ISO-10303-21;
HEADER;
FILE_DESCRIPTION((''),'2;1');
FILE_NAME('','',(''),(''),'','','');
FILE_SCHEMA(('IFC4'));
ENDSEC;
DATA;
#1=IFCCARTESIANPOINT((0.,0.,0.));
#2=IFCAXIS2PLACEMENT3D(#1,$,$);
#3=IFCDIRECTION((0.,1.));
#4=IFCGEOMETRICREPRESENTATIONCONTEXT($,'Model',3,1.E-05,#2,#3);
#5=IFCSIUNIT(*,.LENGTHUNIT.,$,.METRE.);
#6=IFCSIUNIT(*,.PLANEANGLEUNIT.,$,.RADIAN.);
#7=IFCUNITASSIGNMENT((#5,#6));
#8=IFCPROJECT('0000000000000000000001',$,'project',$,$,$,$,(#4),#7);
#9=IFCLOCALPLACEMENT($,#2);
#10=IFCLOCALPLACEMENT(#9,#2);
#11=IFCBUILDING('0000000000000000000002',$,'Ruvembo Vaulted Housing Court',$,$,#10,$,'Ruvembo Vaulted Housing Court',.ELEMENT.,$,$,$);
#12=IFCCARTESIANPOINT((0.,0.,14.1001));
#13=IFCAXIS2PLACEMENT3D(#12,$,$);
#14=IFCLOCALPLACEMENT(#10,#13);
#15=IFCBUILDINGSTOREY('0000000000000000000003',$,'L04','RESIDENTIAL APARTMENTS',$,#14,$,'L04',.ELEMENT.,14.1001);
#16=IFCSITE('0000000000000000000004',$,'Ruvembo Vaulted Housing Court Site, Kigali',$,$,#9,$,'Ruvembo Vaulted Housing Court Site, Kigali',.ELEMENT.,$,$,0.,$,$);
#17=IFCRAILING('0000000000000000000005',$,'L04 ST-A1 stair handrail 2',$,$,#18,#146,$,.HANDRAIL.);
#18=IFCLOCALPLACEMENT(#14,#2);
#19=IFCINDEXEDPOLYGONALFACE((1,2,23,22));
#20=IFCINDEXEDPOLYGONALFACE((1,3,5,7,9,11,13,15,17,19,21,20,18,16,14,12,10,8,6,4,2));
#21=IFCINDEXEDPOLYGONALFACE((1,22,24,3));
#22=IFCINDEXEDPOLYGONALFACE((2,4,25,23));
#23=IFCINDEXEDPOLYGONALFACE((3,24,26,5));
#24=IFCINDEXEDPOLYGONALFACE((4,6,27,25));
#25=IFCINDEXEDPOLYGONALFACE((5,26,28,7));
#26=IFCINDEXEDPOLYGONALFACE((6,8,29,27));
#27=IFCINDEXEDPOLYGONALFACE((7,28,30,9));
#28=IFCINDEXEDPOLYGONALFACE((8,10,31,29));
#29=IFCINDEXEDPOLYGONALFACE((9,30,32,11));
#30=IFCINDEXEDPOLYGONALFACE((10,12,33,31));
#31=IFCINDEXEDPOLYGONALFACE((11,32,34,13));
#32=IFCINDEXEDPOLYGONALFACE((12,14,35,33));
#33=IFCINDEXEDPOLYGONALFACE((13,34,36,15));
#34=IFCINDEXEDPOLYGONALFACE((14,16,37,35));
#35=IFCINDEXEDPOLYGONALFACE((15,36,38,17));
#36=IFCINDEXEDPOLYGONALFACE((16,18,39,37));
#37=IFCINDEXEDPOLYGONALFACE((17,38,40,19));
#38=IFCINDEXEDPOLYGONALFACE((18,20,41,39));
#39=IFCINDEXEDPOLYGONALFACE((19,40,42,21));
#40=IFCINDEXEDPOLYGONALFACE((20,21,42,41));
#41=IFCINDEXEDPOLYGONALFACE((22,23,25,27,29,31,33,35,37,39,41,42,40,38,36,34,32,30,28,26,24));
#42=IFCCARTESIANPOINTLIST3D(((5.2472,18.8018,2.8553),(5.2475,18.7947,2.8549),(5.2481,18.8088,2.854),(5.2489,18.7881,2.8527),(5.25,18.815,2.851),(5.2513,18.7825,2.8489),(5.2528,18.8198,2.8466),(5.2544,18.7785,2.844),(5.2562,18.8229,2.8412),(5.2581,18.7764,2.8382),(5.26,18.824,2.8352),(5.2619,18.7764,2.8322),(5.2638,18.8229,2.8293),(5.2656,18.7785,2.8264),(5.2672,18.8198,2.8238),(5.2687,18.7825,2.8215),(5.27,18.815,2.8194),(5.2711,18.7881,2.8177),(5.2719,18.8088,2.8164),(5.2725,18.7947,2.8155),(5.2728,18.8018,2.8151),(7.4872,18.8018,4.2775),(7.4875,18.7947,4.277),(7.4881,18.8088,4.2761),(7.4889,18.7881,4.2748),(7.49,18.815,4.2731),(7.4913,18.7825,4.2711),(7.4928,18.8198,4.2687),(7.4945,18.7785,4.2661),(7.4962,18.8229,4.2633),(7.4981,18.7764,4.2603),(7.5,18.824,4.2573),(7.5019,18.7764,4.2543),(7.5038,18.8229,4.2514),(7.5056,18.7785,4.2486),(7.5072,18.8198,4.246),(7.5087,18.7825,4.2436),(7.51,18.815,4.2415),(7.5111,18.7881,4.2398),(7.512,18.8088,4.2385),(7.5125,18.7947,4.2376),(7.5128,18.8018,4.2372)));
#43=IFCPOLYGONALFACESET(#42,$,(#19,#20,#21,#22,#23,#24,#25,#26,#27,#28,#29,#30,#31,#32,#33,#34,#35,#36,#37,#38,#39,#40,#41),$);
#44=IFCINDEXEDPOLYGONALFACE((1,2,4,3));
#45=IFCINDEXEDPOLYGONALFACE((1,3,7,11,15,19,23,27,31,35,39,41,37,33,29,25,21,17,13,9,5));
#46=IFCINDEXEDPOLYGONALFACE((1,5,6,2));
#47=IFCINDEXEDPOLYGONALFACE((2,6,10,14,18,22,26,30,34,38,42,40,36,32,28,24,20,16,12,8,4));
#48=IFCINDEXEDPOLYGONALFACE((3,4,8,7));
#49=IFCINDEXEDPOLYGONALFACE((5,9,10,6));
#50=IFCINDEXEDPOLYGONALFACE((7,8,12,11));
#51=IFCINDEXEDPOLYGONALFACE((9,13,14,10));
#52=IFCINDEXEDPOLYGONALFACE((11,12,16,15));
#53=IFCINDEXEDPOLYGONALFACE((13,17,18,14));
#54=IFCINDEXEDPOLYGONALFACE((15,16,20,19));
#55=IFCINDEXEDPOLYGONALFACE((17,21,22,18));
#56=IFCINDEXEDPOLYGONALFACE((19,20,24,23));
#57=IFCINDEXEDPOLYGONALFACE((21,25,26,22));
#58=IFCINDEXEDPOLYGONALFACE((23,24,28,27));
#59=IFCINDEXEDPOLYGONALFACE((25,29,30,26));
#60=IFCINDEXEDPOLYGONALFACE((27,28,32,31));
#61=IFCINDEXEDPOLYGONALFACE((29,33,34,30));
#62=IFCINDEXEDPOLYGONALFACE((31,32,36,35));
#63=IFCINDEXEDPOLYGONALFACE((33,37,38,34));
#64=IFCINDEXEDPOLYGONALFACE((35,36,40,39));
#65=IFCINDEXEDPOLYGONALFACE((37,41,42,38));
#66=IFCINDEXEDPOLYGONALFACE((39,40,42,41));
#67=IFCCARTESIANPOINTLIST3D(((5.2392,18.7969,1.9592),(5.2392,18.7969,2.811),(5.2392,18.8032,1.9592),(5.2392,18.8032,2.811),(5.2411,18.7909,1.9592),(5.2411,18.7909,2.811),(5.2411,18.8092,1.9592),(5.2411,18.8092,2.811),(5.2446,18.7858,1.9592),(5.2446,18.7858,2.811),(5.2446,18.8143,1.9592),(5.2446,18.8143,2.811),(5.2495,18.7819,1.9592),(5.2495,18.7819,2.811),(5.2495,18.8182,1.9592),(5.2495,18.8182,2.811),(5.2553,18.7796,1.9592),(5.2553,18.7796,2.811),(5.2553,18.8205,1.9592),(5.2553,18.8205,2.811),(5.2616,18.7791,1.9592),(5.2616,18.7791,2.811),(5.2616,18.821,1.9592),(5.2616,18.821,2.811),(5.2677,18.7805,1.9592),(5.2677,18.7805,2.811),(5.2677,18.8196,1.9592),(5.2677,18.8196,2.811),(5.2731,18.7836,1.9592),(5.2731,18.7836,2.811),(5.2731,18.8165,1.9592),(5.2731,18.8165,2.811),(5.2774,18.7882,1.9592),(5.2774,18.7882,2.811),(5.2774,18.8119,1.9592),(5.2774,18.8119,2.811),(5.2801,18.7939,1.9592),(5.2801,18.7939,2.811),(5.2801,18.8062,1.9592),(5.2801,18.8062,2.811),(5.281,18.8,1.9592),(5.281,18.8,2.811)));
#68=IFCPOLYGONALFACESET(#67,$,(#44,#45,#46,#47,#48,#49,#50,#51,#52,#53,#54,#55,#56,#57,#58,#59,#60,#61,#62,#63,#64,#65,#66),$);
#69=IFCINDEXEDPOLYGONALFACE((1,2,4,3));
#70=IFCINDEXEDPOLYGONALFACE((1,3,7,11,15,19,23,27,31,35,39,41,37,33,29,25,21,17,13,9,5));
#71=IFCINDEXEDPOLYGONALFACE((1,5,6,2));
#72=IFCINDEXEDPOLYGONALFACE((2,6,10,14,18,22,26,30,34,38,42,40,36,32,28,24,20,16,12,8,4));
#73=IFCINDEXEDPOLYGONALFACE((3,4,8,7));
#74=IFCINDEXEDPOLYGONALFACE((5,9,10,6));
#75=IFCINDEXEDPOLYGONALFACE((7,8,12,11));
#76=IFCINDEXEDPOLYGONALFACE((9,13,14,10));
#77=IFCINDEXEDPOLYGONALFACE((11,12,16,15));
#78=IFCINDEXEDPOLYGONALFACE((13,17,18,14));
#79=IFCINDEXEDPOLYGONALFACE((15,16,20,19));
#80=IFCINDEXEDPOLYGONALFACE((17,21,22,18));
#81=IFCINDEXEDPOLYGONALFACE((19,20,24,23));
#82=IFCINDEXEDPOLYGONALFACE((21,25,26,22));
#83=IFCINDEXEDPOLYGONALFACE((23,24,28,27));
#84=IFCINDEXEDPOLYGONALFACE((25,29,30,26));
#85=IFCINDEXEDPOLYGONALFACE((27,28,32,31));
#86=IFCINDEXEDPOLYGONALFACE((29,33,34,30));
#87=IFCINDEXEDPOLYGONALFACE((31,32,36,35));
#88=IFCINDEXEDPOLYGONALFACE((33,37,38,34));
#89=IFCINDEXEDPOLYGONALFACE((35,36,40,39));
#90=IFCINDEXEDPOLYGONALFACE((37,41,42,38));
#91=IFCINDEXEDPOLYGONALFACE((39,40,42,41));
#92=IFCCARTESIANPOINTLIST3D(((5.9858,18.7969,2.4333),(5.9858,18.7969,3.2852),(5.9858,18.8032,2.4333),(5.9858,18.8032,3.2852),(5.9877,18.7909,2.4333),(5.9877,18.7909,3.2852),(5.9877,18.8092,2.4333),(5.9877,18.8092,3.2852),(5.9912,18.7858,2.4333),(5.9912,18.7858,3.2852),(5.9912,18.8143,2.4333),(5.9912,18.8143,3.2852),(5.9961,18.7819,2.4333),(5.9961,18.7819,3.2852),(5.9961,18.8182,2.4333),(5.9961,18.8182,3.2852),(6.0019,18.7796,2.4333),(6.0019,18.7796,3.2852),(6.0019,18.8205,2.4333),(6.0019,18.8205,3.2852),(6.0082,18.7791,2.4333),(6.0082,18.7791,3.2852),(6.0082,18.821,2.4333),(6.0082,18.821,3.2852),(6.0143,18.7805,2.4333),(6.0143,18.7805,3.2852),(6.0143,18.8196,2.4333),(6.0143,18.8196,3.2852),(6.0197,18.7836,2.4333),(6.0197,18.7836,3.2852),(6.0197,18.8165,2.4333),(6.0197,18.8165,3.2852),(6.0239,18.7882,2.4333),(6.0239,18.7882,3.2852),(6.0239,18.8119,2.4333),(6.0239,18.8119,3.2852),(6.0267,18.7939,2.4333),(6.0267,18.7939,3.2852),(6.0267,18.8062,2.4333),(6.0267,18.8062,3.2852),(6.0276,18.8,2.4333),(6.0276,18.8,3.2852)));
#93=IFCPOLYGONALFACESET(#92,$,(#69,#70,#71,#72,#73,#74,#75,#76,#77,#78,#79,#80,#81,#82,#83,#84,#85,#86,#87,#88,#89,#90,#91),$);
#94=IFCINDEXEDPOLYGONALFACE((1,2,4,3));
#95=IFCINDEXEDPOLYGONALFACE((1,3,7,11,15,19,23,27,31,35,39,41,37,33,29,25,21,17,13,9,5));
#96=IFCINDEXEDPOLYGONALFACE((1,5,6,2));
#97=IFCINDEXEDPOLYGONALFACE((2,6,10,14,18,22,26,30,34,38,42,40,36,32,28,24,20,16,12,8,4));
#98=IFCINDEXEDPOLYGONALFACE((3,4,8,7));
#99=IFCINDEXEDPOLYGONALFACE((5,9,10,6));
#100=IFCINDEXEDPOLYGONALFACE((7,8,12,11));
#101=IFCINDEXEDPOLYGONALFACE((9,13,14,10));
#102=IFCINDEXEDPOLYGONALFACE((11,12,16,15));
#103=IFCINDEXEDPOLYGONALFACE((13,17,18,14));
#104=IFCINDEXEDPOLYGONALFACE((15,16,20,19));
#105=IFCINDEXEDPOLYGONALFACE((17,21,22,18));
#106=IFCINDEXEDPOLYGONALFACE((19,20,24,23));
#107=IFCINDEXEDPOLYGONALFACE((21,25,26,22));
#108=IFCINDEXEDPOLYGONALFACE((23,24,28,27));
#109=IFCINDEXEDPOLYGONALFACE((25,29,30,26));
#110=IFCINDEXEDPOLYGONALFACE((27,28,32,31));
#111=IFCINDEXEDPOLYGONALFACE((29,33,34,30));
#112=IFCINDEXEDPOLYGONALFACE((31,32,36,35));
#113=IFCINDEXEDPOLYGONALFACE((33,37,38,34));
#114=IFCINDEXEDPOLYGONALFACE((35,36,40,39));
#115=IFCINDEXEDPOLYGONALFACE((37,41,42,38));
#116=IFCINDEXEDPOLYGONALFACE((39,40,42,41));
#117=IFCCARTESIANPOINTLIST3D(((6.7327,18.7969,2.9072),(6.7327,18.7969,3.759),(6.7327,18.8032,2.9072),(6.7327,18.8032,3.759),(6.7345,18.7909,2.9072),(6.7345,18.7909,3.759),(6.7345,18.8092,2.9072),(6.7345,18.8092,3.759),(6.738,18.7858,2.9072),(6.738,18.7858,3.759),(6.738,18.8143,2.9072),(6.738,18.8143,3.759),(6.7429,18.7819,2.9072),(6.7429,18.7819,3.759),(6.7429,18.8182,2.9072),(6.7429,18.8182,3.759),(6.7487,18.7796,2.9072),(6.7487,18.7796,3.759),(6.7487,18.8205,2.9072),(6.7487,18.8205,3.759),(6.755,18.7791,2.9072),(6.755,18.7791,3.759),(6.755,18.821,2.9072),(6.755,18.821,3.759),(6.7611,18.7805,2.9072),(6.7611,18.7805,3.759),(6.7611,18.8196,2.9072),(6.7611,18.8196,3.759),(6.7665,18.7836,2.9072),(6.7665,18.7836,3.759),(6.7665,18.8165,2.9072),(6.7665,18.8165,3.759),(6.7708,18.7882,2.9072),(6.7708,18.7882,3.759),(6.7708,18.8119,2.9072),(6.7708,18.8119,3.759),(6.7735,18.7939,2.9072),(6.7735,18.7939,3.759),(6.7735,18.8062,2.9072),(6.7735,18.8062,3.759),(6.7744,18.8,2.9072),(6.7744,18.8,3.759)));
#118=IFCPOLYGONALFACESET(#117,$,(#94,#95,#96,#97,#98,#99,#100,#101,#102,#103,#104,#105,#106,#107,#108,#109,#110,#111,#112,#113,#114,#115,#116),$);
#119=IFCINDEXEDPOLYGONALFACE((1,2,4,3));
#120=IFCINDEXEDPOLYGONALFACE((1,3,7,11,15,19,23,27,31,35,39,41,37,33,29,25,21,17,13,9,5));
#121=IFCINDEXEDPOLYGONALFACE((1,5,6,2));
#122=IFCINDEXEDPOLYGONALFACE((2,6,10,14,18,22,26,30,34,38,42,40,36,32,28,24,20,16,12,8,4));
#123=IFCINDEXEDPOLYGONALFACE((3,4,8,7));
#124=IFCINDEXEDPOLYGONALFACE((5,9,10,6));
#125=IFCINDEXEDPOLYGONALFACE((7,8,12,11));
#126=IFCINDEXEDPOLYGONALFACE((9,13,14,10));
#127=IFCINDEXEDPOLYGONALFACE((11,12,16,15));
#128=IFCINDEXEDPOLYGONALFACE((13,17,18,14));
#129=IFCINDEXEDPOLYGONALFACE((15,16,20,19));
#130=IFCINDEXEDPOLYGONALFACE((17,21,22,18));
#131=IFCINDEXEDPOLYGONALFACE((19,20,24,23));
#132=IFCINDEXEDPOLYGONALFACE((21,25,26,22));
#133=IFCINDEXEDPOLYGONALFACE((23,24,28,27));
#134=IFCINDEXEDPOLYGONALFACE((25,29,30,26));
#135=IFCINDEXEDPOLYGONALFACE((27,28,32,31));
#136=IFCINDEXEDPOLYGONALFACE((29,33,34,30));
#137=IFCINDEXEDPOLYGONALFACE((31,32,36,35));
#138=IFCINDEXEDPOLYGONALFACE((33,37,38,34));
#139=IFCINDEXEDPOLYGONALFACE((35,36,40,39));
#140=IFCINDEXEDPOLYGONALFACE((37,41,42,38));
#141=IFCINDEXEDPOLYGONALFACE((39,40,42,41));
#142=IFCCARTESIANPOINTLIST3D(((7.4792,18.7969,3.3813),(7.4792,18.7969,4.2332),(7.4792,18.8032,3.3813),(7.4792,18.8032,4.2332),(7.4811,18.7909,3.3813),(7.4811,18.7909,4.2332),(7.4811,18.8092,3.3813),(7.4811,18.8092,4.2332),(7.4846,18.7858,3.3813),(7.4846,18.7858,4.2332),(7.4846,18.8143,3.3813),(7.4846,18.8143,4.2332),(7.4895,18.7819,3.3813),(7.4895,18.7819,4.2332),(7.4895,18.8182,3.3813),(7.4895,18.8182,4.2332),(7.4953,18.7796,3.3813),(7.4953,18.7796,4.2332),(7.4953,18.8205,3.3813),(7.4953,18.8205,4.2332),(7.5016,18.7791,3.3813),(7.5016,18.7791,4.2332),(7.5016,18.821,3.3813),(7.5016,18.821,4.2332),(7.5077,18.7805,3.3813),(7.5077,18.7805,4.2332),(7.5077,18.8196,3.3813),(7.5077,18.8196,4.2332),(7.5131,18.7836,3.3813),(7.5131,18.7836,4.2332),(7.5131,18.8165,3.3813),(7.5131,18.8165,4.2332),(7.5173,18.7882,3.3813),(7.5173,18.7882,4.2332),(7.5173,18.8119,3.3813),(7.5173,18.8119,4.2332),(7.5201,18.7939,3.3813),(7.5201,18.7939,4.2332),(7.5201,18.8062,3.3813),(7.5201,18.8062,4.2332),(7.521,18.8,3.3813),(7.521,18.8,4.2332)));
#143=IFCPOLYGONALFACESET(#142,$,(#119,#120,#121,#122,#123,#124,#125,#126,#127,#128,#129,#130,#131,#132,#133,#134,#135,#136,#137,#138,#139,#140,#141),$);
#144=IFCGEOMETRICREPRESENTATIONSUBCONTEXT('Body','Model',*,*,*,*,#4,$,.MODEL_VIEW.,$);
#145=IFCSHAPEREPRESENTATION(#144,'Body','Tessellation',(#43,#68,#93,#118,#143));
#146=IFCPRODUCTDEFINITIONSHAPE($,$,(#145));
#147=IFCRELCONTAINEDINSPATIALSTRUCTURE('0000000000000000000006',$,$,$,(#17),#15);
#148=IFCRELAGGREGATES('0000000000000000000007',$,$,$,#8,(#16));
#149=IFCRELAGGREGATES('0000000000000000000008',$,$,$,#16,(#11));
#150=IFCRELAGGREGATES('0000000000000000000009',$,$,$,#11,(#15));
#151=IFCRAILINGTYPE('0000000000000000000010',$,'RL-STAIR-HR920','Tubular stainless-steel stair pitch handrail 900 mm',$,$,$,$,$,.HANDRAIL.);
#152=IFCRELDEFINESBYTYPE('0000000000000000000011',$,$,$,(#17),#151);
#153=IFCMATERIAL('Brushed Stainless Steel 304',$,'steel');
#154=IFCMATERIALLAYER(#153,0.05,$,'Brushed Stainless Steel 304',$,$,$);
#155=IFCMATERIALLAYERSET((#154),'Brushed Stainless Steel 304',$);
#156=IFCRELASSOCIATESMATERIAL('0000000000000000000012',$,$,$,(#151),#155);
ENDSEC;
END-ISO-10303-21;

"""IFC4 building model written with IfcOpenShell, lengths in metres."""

from ifc_helpers import new_model, si_unit, direction, frame, origin, origin_2d, place, context, subcontext, project, spatial, circle, extrude, material, layer, layer_set, type_object, element, save


model = new_model("IFC4")

# Units and contexts
model_context = context("Model", 3, precision=1e-05, world=origin(), true_north=direction((0.0, 1.0)))
body_context = subcontext(model_context, "Body", "Model", "MODEL_VIEW")
ifc_project = project(units=[si_unit("LENGTHUNIT", "METRE"), si_unit("PLANEANGLEUNIT", "RADIAN")], contexts=[model_context])

# Site, building, storey
site_placement = place(None, origin())
site = spatial("IfcSite", under=ifc_project, at=site_placement, Name="Ruvembo Vaulted Housing Court Site, Kigali", LongName="Ruvembo Vaulted Housing Court Site, Kigali", CompositionType="ELEMENT", RefElevation=0.0)
building_placement = place(site_placement, origin())
building = spatial("IfcBuilding", under=site, at=building_placement, Name="Ruvembo Vaulted Housing Court", LongName="Ruvembo Vaulted Housing Court", CompositionType="ELEMENT")
storey_placement = place(building_placement, frame((0.0, 0.0, 14.1001)))
storey = spatial("IfcBuildingStorey", under=building, at=storey_placement, Name="L04", Description="RESIDENTIAL APARTMENTS", LongName="L04", CompositionType="ELEMENT", Elevation=14.1001)

# Shared definitions
ifc_material_1 = material(Name="Brushed Stainless Steel 304", Category="steel")

# Railing
ifc_layer_1 = layer(ifc_material_1, 0.05, Name="Brushed Stainless Steel 304")
ifc_layer_set_1 = layer_set([ifc_layer_1], Name="Brushed Stainless Steel 304")
railing_type_1 = type_object("IfcRailingType", Name="RL-STAIR-HR920", Description="Tubular stainless-steel stair pitch handrail 900 mm", PredefinedType="HANDRAIL", material=ifc_layer_set_1)
railing_1_placement = place(storey_placement, frame((5.26, 18.8, 1.9592)))
element("IfcRailing", 1, at=railing_1_placement, inside=storey, type_object=railing_type_1, Name="L04 ST-A1 stair handrail 2", PredefinedType="HANDRAIL", context=body_context, shape_type="SweptSolid", body=[
    extrude(circle(Radius=0.0239, at=origin_2d()), frame((0.0, 0.0, 0.876), z_axis=(0.844229, 0.0, 0.535982), x_axis=(0.0, 1.0, 0.0)), (0.0, 0.0, 1.0), 2.6533),
    extrude(circle(Radius=0.021, at=origin_2d()), origin(), (0.0, 0.0, 1.0), 0.8518),
    extrude(circle(Radius=0.021, at=origin_2d()), frame((0.7466, 0.0, 0.4741)), (0.0, 0.0, 1.0), 0.8518),
    extrude(circle(Radius=0.021, at=origin_2d()), frame((1.4934, 0.0, 0.948)), (0.0, 0.0, 1.0), 0.8518),
    extrude(circle(Radius=0.021, at=origin_2d()), frame((2.24, 0.0, 1.4221)), (0.0, 0.0, 1.0), 0.8518),
])

save(model, "model.ifc")
